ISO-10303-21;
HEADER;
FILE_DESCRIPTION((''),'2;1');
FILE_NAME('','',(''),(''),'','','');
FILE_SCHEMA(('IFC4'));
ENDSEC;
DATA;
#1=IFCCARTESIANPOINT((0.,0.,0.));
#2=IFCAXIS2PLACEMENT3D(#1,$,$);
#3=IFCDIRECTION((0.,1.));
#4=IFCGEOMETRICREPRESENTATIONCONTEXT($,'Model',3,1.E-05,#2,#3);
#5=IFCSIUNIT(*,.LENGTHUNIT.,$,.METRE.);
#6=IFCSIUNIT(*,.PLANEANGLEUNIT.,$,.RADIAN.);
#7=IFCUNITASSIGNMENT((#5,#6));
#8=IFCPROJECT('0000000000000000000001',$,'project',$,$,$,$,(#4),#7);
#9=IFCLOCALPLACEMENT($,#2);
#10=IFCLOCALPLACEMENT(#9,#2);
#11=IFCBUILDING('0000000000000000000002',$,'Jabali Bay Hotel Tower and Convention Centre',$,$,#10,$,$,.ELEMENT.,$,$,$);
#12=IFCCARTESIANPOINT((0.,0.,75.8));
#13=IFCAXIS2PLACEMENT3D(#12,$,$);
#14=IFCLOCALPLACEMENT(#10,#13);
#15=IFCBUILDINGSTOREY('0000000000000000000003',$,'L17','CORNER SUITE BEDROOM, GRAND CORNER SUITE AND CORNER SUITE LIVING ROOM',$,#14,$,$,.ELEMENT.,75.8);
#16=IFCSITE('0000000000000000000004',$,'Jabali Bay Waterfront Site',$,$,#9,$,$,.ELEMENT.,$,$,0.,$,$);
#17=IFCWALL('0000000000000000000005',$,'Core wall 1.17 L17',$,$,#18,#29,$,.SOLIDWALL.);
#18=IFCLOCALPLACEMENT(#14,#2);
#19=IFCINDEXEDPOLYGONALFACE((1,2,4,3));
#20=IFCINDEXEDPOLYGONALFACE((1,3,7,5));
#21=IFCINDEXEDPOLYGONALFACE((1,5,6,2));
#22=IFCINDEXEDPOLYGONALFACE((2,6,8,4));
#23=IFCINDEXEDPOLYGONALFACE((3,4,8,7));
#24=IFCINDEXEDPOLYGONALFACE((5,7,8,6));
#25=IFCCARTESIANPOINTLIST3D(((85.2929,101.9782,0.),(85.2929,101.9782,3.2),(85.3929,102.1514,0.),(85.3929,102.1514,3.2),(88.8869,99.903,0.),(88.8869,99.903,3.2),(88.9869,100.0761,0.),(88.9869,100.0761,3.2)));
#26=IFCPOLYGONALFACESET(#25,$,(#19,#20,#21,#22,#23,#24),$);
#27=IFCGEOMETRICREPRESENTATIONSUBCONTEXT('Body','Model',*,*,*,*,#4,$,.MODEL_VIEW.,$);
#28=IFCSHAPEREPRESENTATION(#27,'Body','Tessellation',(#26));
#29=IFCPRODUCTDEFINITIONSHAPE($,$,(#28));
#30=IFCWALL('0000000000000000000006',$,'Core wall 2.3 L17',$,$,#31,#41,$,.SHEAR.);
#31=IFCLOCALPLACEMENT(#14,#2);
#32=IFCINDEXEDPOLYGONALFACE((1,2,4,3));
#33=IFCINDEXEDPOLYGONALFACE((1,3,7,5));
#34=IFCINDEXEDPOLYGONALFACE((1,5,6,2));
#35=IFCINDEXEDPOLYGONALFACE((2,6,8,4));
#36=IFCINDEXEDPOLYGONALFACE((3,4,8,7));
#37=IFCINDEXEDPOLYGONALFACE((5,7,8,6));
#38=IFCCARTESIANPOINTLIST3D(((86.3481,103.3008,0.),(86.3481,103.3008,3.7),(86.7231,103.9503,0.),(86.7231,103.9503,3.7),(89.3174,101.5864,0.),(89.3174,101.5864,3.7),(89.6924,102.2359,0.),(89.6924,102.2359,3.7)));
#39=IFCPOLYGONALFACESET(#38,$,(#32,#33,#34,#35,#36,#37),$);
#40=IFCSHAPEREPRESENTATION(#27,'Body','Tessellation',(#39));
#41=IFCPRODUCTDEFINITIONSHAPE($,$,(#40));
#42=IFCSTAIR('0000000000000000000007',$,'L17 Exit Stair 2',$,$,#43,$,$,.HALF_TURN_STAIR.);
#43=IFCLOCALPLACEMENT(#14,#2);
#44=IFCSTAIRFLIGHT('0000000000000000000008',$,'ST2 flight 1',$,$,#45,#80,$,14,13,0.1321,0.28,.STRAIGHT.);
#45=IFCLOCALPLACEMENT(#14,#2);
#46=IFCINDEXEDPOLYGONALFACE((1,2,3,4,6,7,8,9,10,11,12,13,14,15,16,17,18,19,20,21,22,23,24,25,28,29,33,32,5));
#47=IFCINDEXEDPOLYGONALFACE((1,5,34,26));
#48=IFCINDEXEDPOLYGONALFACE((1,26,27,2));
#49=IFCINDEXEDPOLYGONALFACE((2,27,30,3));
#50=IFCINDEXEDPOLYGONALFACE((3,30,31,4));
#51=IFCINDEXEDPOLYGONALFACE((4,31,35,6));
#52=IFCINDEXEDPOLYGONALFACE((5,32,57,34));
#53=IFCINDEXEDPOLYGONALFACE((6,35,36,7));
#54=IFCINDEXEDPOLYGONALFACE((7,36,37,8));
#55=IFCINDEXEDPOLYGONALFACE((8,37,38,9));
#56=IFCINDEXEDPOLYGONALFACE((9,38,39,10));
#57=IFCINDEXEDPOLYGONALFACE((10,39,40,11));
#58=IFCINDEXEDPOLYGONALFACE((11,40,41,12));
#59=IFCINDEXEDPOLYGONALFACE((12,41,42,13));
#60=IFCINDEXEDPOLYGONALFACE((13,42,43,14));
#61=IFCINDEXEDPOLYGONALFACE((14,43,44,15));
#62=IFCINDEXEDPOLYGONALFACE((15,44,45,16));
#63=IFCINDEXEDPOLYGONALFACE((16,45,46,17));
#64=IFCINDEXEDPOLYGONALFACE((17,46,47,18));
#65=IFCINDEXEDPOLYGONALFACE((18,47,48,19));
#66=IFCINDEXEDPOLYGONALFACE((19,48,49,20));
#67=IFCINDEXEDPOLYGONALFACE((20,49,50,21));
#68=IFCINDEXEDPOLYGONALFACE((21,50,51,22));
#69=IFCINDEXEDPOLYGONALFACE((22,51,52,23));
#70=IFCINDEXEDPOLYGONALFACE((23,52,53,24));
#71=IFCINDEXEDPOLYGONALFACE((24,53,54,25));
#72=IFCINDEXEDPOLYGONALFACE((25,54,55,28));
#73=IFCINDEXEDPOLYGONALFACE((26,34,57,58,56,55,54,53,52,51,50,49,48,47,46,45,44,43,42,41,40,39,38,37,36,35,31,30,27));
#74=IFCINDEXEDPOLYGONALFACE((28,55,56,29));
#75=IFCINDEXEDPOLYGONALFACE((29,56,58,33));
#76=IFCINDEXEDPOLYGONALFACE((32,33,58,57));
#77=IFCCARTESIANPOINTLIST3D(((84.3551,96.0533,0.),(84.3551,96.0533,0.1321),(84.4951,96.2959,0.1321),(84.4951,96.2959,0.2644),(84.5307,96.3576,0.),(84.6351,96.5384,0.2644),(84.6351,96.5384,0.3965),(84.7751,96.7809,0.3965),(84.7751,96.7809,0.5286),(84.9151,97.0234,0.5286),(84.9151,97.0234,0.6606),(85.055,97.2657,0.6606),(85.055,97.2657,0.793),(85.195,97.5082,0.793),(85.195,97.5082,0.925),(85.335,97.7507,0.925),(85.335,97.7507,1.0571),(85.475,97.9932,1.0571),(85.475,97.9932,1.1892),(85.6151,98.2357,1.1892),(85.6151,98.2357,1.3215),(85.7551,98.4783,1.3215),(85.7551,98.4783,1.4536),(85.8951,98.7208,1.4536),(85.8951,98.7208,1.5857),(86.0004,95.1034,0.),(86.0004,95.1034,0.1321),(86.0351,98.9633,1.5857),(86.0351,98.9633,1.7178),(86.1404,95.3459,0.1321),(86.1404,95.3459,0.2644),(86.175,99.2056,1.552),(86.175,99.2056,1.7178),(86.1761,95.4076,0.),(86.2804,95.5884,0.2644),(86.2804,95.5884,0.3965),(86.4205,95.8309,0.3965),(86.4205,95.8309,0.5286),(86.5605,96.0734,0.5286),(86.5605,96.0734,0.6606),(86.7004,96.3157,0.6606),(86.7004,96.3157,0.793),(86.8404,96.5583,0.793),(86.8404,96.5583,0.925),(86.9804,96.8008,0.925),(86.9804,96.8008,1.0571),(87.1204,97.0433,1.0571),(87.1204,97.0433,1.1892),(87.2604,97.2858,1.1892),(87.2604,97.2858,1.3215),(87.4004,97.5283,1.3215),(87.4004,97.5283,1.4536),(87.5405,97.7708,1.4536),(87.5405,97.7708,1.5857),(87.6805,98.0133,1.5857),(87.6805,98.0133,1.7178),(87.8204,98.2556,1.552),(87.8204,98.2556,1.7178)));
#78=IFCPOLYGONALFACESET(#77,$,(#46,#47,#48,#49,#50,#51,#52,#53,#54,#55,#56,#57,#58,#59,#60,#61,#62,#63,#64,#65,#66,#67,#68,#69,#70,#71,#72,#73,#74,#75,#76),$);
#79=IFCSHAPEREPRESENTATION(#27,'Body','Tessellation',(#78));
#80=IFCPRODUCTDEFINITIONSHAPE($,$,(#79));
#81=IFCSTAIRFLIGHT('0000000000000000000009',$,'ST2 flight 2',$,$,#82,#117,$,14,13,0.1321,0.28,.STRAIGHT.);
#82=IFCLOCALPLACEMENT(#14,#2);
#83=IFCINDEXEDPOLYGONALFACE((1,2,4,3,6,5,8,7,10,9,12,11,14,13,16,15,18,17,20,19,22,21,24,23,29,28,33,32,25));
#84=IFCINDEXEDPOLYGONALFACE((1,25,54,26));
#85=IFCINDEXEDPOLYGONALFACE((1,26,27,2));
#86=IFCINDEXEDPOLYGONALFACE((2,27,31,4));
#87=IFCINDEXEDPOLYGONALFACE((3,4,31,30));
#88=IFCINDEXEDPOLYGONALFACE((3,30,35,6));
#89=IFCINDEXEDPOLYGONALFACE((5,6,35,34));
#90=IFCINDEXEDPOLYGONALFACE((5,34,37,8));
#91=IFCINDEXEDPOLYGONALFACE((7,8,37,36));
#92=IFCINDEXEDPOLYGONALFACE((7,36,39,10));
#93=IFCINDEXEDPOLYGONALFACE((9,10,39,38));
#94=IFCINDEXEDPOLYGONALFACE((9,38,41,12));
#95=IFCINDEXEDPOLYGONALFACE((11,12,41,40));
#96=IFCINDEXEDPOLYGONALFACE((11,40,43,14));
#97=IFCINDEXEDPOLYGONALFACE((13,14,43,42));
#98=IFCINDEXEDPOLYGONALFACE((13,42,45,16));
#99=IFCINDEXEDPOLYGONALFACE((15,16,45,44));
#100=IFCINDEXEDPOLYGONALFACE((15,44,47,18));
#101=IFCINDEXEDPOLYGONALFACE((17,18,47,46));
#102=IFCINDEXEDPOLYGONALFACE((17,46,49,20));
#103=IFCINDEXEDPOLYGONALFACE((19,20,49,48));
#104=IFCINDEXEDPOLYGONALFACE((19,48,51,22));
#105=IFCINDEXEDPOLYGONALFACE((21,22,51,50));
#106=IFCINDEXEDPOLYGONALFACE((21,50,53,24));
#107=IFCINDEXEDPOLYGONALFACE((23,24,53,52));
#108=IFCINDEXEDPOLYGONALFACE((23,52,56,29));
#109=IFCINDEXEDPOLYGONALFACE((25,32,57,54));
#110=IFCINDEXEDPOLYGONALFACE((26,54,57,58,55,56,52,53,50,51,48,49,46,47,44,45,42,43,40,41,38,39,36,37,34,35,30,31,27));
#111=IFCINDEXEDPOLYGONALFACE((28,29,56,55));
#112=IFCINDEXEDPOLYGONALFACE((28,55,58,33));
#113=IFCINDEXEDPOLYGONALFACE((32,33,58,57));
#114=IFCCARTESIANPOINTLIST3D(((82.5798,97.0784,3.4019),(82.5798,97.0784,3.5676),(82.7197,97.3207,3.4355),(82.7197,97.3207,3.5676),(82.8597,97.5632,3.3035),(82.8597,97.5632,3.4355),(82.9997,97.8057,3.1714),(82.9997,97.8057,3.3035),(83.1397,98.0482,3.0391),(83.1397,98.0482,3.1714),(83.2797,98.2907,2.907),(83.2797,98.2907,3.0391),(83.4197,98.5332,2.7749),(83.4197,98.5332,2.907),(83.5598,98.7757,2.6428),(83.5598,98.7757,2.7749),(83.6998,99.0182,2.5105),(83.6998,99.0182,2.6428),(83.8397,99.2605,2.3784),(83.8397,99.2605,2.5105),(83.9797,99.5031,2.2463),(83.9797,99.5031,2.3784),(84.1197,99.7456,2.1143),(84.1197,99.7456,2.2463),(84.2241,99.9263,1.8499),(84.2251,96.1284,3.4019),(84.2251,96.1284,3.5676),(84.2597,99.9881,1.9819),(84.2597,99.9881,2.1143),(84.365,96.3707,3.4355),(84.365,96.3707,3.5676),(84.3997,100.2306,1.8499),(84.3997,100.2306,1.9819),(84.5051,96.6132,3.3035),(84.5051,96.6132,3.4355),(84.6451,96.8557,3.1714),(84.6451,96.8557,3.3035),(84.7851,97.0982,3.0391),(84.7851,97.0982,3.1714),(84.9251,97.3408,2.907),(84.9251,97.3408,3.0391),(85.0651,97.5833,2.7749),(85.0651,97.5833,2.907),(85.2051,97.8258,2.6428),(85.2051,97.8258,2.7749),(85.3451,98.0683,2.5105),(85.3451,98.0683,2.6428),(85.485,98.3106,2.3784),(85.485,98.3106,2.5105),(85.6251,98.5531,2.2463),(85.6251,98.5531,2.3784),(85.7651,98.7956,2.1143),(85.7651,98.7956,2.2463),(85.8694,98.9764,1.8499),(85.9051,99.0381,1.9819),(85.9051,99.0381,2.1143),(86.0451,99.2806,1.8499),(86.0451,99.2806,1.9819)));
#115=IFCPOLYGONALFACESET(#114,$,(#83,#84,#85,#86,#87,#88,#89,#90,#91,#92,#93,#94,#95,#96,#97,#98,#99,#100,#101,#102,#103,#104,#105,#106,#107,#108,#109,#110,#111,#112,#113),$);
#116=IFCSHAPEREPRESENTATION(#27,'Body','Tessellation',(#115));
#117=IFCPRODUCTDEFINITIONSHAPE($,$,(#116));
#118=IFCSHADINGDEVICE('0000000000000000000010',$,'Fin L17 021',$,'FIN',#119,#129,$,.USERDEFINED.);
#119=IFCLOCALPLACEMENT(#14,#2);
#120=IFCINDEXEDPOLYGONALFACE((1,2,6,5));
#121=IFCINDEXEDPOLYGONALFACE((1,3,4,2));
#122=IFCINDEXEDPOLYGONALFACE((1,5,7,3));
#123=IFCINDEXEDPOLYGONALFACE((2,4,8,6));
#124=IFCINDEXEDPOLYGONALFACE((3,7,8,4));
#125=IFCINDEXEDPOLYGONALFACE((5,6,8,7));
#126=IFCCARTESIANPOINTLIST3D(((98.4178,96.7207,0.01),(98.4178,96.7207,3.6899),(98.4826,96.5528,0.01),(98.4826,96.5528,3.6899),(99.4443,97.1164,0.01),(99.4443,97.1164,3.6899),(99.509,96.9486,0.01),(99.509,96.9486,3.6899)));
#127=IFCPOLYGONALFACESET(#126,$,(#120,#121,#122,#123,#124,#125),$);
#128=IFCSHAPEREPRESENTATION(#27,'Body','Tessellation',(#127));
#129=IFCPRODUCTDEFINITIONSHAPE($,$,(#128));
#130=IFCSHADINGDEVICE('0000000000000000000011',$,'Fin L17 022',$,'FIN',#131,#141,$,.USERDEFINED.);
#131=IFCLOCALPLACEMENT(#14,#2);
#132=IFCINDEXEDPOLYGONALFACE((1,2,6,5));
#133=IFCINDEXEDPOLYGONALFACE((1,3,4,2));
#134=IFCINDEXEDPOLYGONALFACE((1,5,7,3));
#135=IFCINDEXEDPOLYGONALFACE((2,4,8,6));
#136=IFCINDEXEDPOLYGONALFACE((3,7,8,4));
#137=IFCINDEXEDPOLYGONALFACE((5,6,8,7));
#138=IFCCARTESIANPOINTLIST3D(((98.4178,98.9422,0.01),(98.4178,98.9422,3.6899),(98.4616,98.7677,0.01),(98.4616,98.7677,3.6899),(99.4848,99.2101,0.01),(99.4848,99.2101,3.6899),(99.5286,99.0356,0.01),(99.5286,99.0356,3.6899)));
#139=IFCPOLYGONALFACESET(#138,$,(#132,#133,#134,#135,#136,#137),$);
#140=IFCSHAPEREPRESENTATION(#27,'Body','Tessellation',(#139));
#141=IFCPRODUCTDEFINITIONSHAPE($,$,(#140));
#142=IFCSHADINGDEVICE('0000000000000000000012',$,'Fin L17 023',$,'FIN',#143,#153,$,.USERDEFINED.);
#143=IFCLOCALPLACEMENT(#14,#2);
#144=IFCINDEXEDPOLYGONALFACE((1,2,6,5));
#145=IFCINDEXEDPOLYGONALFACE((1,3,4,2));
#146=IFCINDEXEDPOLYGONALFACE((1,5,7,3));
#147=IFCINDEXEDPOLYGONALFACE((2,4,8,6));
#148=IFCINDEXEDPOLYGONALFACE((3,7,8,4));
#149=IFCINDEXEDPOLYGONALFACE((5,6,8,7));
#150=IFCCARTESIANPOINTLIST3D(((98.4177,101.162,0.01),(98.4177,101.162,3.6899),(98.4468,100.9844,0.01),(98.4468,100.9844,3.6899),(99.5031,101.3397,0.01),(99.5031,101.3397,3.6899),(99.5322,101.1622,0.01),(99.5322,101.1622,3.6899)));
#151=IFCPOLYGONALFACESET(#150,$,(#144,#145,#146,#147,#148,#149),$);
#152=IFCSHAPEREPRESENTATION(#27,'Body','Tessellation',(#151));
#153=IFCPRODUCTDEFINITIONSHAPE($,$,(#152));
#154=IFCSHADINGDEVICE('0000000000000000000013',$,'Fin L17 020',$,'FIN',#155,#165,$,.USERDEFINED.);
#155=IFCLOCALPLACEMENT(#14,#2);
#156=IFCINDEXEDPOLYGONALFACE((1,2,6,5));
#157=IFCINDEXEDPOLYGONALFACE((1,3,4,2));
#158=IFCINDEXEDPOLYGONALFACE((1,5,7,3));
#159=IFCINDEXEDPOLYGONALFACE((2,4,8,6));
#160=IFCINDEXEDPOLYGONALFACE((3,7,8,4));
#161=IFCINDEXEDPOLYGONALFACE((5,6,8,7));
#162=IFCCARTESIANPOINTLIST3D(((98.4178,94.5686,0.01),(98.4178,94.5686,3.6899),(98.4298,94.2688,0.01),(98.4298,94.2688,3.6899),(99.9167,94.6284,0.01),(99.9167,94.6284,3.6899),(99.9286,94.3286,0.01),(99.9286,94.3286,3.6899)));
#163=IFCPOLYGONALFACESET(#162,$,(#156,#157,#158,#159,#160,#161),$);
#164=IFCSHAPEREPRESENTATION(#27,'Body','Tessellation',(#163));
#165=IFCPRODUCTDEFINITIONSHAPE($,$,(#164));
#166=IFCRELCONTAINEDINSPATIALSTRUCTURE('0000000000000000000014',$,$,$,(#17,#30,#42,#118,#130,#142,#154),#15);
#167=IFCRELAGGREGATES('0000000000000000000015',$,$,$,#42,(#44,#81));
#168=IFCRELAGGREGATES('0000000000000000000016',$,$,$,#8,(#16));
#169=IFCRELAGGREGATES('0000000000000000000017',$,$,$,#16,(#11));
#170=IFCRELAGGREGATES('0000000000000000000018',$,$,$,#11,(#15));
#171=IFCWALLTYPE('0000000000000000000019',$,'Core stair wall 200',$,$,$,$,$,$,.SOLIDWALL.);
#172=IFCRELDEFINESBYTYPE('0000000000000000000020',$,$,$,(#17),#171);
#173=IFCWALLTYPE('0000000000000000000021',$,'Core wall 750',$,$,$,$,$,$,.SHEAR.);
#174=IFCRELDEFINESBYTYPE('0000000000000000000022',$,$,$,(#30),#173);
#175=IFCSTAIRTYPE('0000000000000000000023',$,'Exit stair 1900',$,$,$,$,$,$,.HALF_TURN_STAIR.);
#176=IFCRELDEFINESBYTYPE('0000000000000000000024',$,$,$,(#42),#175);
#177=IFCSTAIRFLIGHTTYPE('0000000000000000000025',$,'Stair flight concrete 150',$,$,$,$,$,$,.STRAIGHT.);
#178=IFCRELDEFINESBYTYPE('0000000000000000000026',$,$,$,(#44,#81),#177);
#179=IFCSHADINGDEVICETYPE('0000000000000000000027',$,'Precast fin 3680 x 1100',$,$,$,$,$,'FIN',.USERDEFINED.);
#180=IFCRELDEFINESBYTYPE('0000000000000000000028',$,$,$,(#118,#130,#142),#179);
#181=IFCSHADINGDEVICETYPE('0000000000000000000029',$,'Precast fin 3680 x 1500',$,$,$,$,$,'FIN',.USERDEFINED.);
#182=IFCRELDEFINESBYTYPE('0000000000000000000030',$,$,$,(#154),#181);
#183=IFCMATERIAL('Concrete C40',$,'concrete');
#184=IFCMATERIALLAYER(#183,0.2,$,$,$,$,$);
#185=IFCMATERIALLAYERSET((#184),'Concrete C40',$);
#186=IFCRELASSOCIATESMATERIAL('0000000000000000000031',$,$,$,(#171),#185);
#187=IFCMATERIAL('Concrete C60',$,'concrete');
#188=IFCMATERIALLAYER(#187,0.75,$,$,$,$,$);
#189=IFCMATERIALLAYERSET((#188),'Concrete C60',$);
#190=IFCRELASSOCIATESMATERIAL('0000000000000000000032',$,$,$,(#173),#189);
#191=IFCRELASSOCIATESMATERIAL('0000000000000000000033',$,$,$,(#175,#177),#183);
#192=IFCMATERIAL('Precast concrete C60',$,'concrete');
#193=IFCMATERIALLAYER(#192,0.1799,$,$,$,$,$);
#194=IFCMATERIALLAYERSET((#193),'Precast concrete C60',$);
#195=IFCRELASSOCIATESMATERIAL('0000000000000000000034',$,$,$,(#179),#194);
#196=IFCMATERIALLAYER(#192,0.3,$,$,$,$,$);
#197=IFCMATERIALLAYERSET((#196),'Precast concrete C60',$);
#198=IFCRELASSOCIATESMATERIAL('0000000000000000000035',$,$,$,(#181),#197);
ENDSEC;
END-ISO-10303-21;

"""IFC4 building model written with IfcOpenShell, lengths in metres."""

from ifc_helpers import new_model, si_unit, direction, frame, frame_2d, origin, place, context, subcontext, project, spatial, polyline, rectangle, outline, extrude, material, layer, layer_set, type_object, element, aggregate, save


model = new_model("IFC4")

# Units and contexts
model_context = context("Model", 3, precision=1e-05, world=origin(), true_north=direction((0.0, 1.0)))
body_context = subcontext(model_context, "Body", "Model", "MODEL_VIEW")
ifc_project = project(units=[si_unit("LENGTHUNIT", "METRE"), si_unit("PLANEANGLEUNIT", "RADIAN")], contexts=[model_context])

# Site, building, storey
site_placement = place(None, origin())
site = spatial("IfcSite", under=ifc_project, at=site_placement, Name="Jabali Bay Waterfront Site", CompositionType="ELEMENT", RefElevation=0.0)
building_placement = place(site_placement, origin())
building = spatial("IfcBuilding", under=site, at=building_placement, Name="Jabali Bay Hotel Tower and Convention Centre", CompositionType="ELEMENT")
storey_placement = place(building_placement, frame((0.0, 0.0, 75.8)))
storey = spatial("IfcBuildingStorey", under=building, at=storey_placement, Name="L17", Description="CORNER SUITE BEDROOM, GRAND CORNER SUITE AND CORNER SUITE LIVING ROOM", CompositionType="ELEMENT", Elevation=75.8)

# Shared definitions
ifc_material_1 = material(Name="Concrete C60", Category="concrete")

# Shared definitions
ifc_material_2 = material(Name="Concrete C40", Category="concrete")

# Shared definitions
ifc_layer_1 = layer(ifc_material_2, 0.2)
ifc_layer_set_1 = layer_set([ifc_layer_1], Name="Concrete C40")
wall_type_1 = type_object("IfcWallType", Name="Core stair wall 200", PredefinedType="SOLIDWALL", material=ifc_layer_set_1)

# Walls
wall_1_placement = place(storey_placement, frame((88.937, 99.9895, 0.0), z_axis=(0.0, 0.0, 1.0), x_axis=(-0.866004, 0.500036, 0.0)))
element("IfcWall", 1, at=wall_1_placement, inside=storey, type_object=wall_type_1, Name="Core wall 1.17 L17", PredefinedType="SOLIDWALL", context=body_context, shape_type="SweptSolid", body=[
    extrude(rectangle(XDim=4.1501, YDim=0.2, at=frame_2d((2.0752, 0.0))), origin(), (0.0, 0.0, 1.0), 3.2),
])
ifc_layer_2 = layer(ifc_material_1, 0.75)
ifc_layer_set_2 = layer_set([ifc_layer_2], Name="Concrete C60")
wall_type_2 = type_object("IfcWallType", Name="Core wall 750", PredefinedType="SHEAR", material=ifc_layer_set_2)
wall_2_placement = place(storey_placement, frame((89.5049, 101.9111, 0.0), z_axis=(0.0, 0.0, 1.0), x_axis=(-0.866017, 0.500014, 0.0)))
element("IfcWall", 2, at=wall_2_placement, inside=storey, type_object=wall_type_2, Name="Core wall 2.3 L17", PredefinedType="SHEAR", context=body_context, shape_type="SweptSolid", body=[
    extrude(rectangle(XDim=3.4287, YDim=0.75, at=frame_2d((1.7144, 0.0))), origin(), (0.0, 0.0, 1.0), 3.7),
])

# Stair, stair flights
stair_type = type_object("IfcStairType", Name="Exit stair 1900", PredefinedType="HALF_TURN_STAIR", material=ifc_material_2)
stair_placement = place(storey_placement, origin())
stair = element("IfcStair", 3, at=stair_placement, inside=storey, type_object=stair_type, Name="L17 Exit Stair 2", PredefinedType="HALF_TURN_STAIR")
stair_flight_type = type_object("IfcStairFlightType", Name="Stair flight concrete 150", PredefinedType="STRAIGHT", material=ifc_material_2)
stair_flight_1_placement = place(storey_placement, frame((85.1777, 95.5784, 0.0), z_axis=(0.0, 0.0, 1.0), x_axis=(0.5, 0.866025, 0.0)))
stair_flight_1 = element("IfcStairFlight", 4, at=stair_flight_1_placement, type_object=stair_flight_type, Name="ST2 flight 1", NumberOfRisers=14, NumberOfTreads=13, PredefinedType="STRAIGHT", RiserHeight=0.1321, TreadLength=0.28, context=body_context, shape_type="SweptSolid", body=[
    extrude(outline(polyline([(0.0, 0.0), (0.0, 0.1321), (0.28, 0.1321), (0.28, 0.2644), (0.5601, 0.2644), (0.5601, 0.3965), (0.8401, 0.3965), (0.8401, 0.5286), (1.1201, 0.5286), (1.1201, 0.6606), (1.3999, 0.6606), (1.3999, 0.793), (1.6799, 0.793), (1.6799, 0.925), (1.96, 0.925), (1.96, 1.0571), (2.24, 1.0571), (2.24, 1.1892), (2.52, 1.1892), (2.52, 1.3215), (2.8, 1.3215), (2.8, 1.4536), (3.0801, 1.4536), (3.0801, 1.5857), (3.3601, 1.5857), (3.3601, 1.7178), (3.6399, 1.7178), (3.6399, 1.8501), (3.6399, 1.552), (0.3513, 0.0), (0.0, 0.0)])), frame((0.0, 0.95, 0.0), z_axis=(0.0, -1.0, 0.0), x_axis=(1.0, 0.0, 0.0)), (0.0, 0.0, 1.0), 1.8999),
])
stair_flight_2_placement = place(storey_placement, frame((85.2224, 99.7556, 1.8499), z_axis=(0.0, 0.0, 1.0), x_axis=(-0.5, -0.866025, 0.0)))
stair_flight_2 = element("IfcStairFlight", 5, at=stair_flight_2_placement, type_object=stair_flight_type, Name="ST2 flight 2", NumberOfRisers=14, NumberOfTreads=13, PredefinedType="STRAIGHT", RiserHeight=0.1321, TreadLength=0.28, context=body_context, shape_type="SweptSolid", body=[
    extrude(outline(polyline([(0.0, 0.0), (0.0, 0.1321), (0.28, 0.1321), (0.28, 0.2644), (0.5601, 0.2644), (0.5601, 0.3965), (0.8401, 0.3965), (0.8401, 0.5286), (1.1201, 0.5286), (1.1201, 0.6606), (1.3999, 0.6606), (1.3999, 0.793), (1.6799, 0.793), (1.6799, 0.925), (1.96, 0.925), (1.96, 1.0571), (2.24, 1.0571), (2.24, 1.1892), (2.52, 1.1892), (2.52, 1.3215), (2.8, 1.3215), (2.8, 1.4536), (3.0801, 1.4536), (3.0801, 1.5857), (3.3601, 1.5857), (3.3601, 1.7178), (3.6399, 1.7178), (3.6399, 1.8501), (3.6399, 1.552), (0.3513, 0.0), (0.0, 0.0)])), frame((0.0, 0.95, 0.0), z_axis=(0.0, -1.0, 0.0), x_axis=(1.0, 0.0, 0.0)), (0.0, 0.0, 1.0), 1.8999),
])
aggregate(stair, [stair_flight_1, stair_flight_2])

# Shading devices
ifc_material_3 = material(Name="Precast concrete C60", Category="concrete")
ifc_layer_3 = layer(ifc_material_3, 0.1799)
ifc_layer_set_3 = layer_set([ifc_layer_3], Name="Precast concrete C60")
shading_device_type_1 = type_object("IfcShadingDeviceType", Name="Precast fin 3680 x 1100", ElementType="FIN", PredefinedType="USERDEFINED", material=ifc_layer_set_3)
for number, where, z_axis, x_axis, name in (
    (6, (98.4502, 96.6367, 0.01), (0.0, 0.0, 1.0), (0.933042, 0.359767, 0.0), "Fin L17 021"),
    (7, (98.4397, 98.855, 0.01), (0.0, 0.0, 1.0), (0.969907, 0.243476, 0.0), "Fin L17 022"),
):
    element("IfcShadingDevice", number, at=place(storey_placement, frame(where, z_axis=z_axis, x_axis=x_axis)), inside=storey, type_object=shading_device_type_1, Name=name, ObjectType="FIN", PredefinedType="USERDEFINED", context=body_context, shape_type="SweptSolid", body=[
        extrude(rectangle(XDim=1.1001, YDim=0.1799, at=frame_2d((0.55, 0.0))), origin(), (0.0, 0.0, 1.0), 3.6799),
    ])
shading_device_1_placement = place(storey_placement, frame((98.4324, 101.0732, 0.01), z_axis=(0.0, 0.0, 1.0), x_axis=(0.986858, 0.161591, 0.0)))
element("IfcShadingDevice", 8, at=shading_device_1_placement, inside=storey, type_object=shading_device_type_1, Name="Fin L17 023", ObjectType="FIN", PredefinedType="USERDEFINED", context=body_context, shape_type="SweptSolid", body=[
    extrude(rectangle(XDim=1.0999, YDim=0.1799, at=frame_2d((0.5498, 0.0))), origin(), (0.0, 0.0, 1.0), 3.6799),
])
ifc_layer_4 = layer(ifc_material_3, 0.3)
ifc_layer_set_4 = layer_set([ifc_layer_4], Name="Precast concrete C60")
shading_device_type_2 = type_object("IfcShadingDeviceType", Name="Precast fin 3680 x 1500", ElementType="FIN", PredefinedType="USERDEFINED", material=ifc_layer_set_4)
shading_device_2_placement = place(storey_placement, frame((98.4238, 94.4187, 0.01), z_axis=(0.0, 0.0, 1.0), x_axis=(0.999205, 0.039877, 0.0)))
element("IfcShadingDevice", 9, at=shading_device_2_placement, inside=storey, type_object=shading_device_type_2, Name="Fin L17 020", ObjectType="FIN", PredefinedType="USERDEFINED", context=body_context, shape_type="SweptSolid", body=[
    extrude(rectangle(XDim=1.5, YDim=0.3, at=frame_2d((0.75, 0.0))), origin(), (0.0, 0.0, 1.0), 3.6799),
])

save(model, "model.ifc")
